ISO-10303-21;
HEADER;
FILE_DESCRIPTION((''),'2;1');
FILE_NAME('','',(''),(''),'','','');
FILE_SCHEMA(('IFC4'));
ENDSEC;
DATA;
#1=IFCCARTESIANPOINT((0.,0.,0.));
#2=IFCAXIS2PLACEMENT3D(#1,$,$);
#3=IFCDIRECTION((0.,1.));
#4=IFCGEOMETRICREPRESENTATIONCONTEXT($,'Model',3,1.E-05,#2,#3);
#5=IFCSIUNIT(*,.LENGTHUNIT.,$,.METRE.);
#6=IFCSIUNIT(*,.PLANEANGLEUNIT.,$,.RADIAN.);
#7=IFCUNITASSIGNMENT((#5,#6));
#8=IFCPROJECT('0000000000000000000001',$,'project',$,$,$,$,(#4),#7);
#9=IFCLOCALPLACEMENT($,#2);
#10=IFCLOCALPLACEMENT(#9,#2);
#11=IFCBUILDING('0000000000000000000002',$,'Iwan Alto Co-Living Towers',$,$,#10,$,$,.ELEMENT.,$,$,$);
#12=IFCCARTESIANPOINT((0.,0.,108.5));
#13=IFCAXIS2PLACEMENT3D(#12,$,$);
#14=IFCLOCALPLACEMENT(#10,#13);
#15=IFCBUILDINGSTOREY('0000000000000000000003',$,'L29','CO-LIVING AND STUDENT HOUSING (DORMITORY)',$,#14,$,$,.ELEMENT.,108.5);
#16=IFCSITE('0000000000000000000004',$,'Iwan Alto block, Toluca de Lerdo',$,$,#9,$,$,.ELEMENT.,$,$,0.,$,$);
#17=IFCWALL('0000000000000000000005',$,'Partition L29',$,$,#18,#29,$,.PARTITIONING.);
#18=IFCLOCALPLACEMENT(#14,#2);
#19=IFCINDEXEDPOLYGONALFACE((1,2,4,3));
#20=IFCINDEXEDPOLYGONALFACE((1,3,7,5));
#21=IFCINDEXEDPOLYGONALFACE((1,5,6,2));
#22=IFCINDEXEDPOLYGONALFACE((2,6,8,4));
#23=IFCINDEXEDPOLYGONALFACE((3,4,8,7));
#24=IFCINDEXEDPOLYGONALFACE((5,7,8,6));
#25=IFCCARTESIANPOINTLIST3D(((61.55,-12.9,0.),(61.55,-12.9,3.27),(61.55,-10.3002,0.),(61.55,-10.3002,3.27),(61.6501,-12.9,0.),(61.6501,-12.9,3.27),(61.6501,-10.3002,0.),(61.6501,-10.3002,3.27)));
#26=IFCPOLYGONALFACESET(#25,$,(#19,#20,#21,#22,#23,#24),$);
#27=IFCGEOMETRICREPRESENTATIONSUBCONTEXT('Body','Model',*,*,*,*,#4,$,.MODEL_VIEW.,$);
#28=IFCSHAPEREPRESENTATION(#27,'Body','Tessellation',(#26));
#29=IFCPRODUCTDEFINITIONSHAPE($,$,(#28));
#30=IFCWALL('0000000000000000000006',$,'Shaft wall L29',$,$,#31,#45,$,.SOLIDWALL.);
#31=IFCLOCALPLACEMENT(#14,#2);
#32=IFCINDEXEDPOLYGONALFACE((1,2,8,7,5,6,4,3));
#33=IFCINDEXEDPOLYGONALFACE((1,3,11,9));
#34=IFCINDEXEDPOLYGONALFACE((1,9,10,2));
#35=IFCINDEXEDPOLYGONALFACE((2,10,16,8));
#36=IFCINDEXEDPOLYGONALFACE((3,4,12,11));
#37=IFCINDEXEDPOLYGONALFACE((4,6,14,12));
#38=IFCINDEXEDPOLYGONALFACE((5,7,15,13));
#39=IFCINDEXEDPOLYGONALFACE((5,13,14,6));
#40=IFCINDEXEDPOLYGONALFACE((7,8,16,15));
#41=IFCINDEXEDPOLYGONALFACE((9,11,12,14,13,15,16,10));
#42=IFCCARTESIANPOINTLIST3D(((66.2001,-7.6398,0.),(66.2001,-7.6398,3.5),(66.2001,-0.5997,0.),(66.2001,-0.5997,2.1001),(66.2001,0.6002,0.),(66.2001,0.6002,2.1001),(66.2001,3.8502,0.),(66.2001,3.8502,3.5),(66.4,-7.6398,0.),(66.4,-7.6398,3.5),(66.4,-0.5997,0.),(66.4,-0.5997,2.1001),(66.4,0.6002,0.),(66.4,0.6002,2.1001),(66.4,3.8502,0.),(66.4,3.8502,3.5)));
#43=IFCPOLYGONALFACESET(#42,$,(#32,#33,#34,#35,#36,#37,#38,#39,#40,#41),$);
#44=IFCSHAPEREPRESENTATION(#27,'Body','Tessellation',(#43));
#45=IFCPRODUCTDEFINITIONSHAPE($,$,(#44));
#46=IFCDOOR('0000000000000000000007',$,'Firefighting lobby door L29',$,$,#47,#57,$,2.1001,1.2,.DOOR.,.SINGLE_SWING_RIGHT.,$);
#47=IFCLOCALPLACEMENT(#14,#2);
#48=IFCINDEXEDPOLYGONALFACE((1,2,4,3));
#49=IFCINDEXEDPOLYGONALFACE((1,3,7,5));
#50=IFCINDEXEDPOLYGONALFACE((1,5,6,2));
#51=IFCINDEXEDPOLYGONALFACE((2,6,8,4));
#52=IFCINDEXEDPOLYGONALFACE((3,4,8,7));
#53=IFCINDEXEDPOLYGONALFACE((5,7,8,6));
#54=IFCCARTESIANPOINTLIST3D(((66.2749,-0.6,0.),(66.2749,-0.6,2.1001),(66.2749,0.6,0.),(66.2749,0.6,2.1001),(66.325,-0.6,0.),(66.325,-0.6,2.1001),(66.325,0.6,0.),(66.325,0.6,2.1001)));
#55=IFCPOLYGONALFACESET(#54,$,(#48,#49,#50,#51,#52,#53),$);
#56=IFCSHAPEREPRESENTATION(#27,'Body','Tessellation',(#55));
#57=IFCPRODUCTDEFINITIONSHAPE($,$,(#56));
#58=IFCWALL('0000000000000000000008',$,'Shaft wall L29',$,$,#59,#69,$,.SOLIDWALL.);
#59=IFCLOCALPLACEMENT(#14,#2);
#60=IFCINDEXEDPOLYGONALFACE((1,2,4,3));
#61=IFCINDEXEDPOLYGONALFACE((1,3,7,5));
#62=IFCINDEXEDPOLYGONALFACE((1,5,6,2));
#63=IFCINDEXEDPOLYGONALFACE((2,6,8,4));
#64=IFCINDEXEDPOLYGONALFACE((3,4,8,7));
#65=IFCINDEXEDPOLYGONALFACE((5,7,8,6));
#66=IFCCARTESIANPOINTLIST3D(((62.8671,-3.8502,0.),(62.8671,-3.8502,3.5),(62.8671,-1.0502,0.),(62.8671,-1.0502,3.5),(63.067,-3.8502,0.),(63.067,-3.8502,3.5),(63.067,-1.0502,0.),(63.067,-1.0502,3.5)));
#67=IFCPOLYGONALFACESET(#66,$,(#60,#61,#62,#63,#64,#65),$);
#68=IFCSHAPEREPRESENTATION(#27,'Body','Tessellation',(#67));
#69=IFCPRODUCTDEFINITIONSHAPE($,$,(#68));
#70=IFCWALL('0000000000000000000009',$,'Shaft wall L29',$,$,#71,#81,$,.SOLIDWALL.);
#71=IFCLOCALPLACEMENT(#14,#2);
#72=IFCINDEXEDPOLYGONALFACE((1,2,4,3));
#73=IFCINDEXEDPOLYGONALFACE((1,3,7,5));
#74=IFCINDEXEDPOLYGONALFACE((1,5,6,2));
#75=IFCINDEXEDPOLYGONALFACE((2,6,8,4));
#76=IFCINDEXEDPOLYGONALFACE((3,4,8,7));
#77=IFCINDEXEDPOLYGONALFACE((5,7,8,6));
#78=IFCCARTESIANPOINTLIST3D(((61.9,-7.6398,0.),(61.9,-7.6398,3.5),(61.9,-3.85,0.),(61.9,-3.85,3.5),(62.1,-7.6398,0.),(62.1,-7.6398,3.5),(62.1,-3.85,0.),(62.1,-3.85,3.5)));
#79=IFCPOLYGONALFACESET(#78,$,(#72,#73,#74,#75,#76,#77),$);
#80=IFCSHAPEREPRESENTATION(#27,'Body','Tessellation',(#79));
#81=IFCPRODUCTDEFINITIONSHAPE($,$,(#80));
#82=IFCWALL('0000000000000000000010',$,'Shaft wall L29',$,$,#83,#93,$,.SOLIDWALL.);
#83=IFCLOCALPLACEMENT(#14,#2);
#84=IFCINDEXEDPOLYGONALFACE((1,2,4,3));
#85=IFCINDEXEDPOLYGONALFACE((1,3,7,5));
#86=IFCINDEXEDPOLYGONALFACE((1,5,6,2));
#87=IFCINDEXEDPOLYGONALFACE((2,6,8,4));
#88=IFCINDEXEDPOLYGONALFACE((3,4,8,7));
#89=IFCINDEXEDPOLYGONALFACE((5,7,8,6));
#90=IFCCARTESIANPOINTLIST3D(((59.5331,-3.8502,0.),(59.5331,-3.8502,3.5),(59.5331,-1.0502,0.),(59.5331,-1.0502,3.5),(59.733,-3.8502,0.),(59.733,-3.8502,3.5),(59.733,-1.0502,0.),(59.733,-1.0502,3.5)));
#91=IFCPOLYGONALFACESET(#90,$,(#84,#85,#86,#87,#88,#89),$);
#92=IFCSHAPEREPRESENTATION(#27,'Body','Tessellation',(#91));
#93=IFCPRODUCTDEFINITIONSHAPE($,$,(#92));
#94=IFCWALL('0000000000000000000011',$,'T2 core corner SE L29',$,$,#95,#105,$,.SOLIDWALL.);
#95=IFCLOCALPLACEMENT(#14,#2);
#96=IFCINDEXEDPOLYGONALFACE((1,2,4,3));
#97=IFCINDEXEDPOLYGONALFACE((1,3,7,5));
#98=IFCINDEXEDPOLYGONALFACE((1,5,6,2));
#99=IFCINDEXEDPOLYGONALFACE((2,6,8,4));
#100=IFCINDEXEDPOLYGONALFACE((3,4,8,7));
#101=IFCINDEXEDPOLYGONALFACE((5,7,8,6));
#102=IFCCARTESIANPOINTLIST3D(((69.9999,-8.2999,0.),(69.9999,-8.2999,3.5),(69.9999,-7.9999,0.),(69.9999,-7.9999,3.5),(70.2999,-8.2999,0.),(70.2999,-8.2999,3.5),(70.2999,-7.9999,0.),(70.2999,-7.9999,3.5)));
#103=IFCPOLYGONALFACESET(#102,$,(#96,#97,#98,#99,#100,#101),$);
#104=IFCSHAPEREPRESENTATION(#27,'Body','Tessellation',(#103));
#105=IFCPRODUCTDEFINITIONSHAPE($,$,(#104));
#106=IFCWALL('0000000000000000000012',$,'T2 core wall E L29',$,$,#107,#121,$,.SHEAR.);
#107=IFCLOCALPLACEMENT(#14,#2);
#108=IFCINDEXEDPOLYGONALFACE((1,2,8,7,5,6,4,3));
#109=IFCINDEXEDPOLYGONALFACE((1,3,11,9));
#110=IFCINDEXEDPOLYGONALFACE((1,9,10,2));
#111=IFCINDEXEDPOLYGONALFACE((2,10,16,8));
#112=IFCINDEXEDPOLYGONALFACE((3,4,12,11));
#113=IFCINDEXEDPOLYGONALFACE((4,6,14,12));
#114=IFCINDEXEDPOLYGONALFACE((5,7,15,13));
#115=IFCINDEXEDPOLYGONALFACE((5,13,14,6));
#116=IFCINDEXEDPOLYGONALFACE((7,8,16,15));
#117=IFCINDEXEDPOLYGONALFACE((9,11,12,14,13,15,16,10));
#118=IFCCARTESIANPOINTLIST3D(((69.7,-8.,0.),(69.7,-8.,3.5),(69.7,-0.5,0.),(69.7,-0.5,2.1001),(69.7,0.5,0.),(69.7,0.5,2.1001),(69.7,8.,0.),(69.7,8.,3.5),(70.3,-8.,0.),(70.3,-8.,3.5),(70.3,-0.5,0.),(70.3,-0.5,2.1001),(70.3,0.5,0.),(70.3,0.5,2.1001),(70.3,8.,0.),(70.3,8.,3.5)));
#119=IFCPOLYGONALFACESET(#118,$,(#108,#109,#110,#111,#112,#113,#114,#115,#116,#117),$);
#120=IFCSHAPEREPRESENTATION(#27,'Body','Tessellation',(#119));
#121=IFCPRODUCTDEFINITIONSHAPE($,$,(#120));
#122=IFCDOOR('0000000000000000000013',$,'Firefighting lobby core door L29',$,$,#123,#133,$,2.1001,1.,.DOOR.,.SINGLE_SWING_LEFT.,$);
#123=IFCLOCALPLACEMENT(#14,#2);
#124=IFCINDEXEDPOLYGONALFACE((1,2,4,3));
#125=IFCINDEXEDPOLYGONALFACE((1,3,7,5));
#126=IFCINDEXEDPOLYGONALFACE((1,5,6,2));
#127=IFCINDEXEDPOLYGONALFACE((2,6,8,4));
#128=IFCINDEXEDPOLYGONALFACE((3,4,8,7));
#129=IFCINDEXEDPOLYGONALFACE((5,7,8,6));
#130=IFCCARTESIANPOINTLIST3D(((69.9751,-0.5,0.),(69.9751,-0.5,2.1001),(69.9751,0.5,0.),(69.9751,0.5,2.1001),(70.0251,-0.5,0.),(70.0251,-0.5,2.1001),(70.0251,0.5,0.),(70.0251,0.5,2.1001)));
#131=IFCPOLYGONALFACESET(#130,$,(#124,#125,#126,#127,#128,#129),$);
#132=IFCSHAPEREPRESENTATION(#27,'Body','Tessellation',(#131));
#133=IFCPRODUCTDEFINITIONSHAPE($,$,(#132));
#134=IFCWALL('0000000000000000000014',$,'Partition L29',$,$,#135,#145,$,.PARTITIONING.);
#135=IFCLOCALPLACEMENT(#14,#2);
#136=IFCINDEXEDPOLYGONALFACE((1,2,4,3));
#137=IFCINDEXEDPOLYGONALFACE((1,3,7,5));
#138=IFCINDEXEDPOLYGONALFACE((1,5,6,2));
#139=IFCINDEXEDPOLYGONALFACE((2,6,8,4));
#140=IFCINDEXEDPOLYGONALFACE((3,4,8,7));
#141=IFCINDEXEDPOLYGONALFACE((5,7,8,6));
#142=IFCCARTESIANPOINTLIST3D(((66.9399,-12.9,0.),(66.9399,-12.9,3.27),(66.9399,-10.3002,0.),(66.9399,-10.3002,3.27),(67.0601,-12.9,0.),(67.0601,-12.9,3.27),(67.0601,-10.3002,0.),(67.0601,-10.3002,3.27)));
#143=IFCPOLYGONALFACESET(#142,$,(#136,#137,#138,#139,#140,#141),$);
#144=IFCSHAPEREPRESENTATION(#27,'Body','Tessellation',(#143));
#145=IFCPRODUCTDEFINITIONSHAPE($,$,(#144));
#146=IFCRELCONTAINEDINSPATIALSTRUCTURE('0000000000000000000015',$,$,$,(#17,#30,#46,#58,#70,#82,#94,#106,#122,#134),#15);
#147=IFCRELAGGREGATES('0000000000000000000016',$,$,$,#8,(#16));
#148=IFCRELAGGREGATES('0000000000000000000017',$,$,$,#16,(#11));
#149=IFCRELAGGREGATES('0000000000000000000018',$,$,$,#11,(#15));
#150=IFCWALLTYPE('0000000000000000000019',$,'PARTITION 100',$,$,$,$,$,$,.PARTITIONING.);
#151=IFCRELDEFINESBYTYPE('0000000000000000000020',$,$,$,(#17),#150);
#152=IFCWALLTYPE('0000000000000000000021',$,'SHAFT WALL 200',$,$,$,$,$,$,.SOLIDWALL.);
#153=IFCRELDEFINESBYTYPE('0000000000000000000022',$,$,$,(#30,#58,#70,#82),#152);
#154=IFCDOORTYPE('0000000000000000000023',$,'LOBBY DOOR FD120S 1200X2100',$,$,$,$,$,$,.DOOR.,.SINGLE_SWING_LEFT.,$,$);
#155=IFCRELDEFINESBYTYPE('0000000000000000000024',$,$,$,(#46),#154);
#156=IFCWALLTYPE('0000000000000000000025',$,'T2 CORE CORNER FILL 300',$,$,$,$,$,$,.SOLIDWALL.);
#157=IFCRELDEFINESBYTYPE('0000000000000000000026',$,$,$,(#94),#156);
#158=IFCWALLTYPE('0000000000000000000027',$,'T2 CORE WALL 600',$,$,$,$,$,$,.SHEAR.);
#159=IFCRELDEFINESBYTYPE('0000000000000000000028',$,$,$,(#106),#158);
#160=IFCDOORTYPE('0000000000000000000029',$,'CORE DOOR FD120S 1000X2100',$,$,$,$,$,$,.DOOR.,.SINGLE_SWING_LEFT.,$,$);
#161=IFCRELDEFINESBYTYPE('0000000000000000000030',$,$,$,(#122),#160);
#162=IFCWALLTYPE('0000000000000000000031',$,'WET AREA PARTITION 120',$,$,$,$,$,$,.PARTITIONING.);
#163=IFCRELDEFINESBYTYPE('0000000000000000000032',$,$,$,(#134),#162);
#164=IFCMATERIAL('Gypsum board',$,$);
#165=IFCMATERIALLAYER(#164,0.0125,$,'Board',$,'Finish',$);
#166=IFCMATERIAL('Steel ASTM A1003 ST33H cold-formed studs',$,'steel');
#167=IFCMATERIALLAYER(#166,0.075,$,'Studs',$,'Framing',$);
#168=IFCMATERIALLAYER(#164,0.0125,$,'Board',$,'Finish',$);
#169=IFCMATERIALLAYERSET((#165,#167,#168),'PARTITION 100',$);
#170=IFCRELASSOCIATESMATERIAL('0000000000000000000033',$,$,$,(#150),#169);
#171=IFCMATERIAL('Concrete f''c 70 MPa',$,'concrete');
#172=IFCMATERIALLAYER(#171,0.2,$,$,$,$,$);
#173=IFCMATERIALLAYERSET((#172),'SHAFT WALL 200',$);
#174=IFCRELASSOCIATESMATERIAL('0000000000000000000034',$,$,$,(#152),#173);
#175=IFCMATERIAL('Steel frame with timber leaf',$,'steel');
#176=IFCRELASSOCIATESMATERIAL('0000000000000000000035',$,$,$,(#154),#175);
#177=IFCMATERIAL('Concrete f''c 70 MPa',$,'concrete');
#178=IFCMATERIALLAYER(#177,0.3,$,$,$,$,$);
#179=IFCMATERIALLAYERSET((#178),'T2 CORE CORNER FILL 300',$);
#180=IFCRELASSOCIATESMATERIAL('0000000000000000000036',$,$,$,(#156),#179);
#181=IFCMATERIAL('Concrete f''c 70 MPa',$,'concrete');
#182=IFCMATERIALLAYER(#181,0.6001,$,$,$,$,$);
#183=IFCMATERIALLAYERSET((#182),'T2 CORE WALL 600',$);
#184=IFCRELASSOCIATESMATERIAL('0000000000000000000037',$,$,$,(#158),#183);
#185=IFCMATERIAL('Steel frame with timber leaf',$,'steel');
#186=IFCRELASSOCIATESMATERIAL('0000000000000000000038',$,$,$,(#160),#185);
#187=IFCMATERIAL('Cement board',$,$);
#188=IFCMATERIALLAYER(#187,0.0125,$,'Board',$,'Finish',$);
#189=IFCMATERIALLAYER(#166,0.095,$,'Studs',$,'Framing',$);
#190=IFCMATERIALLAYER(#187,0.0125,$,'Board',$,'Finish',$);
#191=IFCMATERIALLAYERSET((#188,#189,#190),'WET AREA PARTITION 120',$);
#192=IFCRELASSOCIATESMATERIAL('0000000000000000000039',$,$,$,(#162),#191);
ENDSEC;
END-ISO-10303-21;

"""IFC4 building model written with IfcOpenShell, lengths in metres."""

from ifc_helpers import new_model, si_unit, direction, frame, frame_2d, origin, place, context, subcontext, project, spatial, rectangle, extrude, material, layer, layer_set, type_object, element, fill, save


model = new_model("IFC4")

# Units and contexts
model_context = context("Model", 3, precision=1e-05, world=origin(), true_north=direction((0.0, 1.0)))
body_context = subcontext(model_context, "Body", "Model", "MODEL_VIEW")
ifc_project = project(units=[si_unit("LENGTHUNIT", "METRE"), si_unit("PLANEANGLEUNIT", "RADIAN")], contexts=[model_context])

# Site, building, storey
site_placement = place(None, origin())
site = spatial("IfcSite", under=ifc_project, at=site_placement, Name="Iwan Alto block, Toluca de Lerdo", CompositionType="ELEMENT", RefElevation=0.0)
building_placement = place(site_placement, origin())
building = spatial("IfcBuilding", under=site, at=building_placement, Name="Iwan Alto Co-Living Towers", CompositionType="ELEMENT")
storey_placement = place(building_placement, frame((0.0, 0.0, 108.5)))
storey = spatial("IfcBuildingStorey", under=building, at=storey_placement, Name="L29", Description="CO-LIVING AND STUDENT HOUSING (DORMITORY)", CompositionType="ELEMENT", Elevation=108.5)

# Shared definitions
ifc_material_1 = material(Name="Gypsum board")
ifc_material_2 = material(Name="Steel ASTM A1003 ST33H cold-formed studs", Category="steel")

# Wall
ifc_layer_1 = layer(ifc_material_1, 0.0125, Name="Board", Category="Finish")
ifc_layer_2 = layer(ifc_material_2, 0.075, Name="Studs", Category="Framing")
ifc_layer_3 = layer(ifc_material_1, 0.0125, Name="Board", Category="Finish")
ifc_layer_set_1 = layer_set([ifc_layer_1, ifc_layer_2, ifc_layer_3], Name="PARTITION 100")
wall_type_1 = type_object("IfcWallType", Name="PARTITION 100", PredefinedType="PARTITIONING", material=ifc_layer_set_1)
wall_1_placement = place(storey_placement, frame((61.6001, -12.8999, 0.0), z_axis=(0.0, 0.0, 1.0), x_axis=(0.0, 1.0, 0.0)))
element("IfcWall", 1, at=wall_1_placement, inside=storey, type_object=wall_type_1, Name="Partition L29", PredefinedType="PARTITIONING", context=body_context, shape_type="SweptSolid", body=[
    extrude(rectangle(XDim=2.5999, YDim=0.1001, at=frame_2d((1.2998, 0.0))), origin(), (0.0, 0.0, 1.0), 3.27),
])

# Wall, opening, door
ifc_material_3 = material(Name="Concrete f'c 70 MPa", Category="concrete")
ifc_layer_4 = layer(ifc_material_3, 0.2)
ifc_layer_set_2 = layer_set([ifc_layer_4], Name="SHAFT WALL 200")
wall_type_2 = type_object("IfcWallType", Name="SHAFT WALL 200", PredefinedType="SOLIDWALL", material=ifc_layer_set_2)
wall_2_placement = place(storey_placement, frame((66.3, -7.6399, 0.0), z_axis=(0.0, 0.0, 1.0), x_axis=(0.0, 1.0, 0.0)))
wall_2 = element("IfcWall", 2, at=wall_2_placement, inside=storey, type_object=wall_type_2, Name="Shaft wall L29", PredefinedType="SOLIDWALL", context=body_context, shape_type="SweptSolid", body=[
    extrude(rectangle(XDim=11.49, YDim=0.2, at=frame_2d((5.7451, 0.0))), origin(), (0.0, 0.0, 1.0), 3.5),
])
opening_1_placement = place(wall_2_placement, frame((7.04, 0.0, 0.0)))
opening_1 = element("IfcOpeningElement", 3, at=opening_1_placement, cuts=wall_2, PredefinedType="OPENING", context=body_context, shape_type="SweptSolid", body=[
    extrude(rectangle(XDim=1.2, YDim=2.1001, at=frame_2d((0.6001, 1.05))), frame((0.0, 0.1099, 0.0), z_axis=(0.0, -1.0, 0.0), x_axis=(1.0, 0.0, 0.0)), (0.0, 0.0, 1.0), 0.22),
])
ifc_material_4 = material(Name="Steel frame with timber leaf", Category="steel")
door_type_1 = type_object("IfcDoorType", Name="LOBBY DOOR FD120S 1200X2100", OperationType="SINGLE_SWING_LEFT", PredefinedType="DOOR", material=ifc_material_4)
door_1_placement = place(opening_1_placement, frame((1.2, 0.0, 0.0), z_axis=(0.0, 0.0, 1.0), x_axis=(-1.0, 0.0, 0.0)))
door_1 = element("IfcDoor", 4, at=door_1_placement, inside=storey, type_object=door_type_1, Name="Firefighting lobby door L29", OperationType="SINGLE_SWING_RIGHT", OverallHeight=2.1001, OverallWidth=1.2, PredefinedType="DOOR", context=body_context, shape_type="SweptSolid", body=[
    extrude(rectangle(XDim=1.2, YDim=2.1001, at=frame_2d((0.6001, 1.05))), frame((0.0, 0.0249, 0.0), z_axis=(0.0, -1.0, 0.0), x_axis=(1.0, 0.0, 0.0)), (0.0, 0.0, 1.0), 0.05),
])
fill(opening_1, door_1)

# Walls
wall_3_placement = place(storey_placement, frame((62.967, -3.8501, 0.0), z_axis=(0.0, 0.0, 1.0), x_axis=(0.0, 1.0, 0.0)))
element("IfcWall", 5, at=wall_3_placement, inside=storey, type_object=wall_type_2, Name="Shaft wall L29", PredefinedType="SOLIDWALL", context=body_context, shape_type="SweptSolid", body=[
    extrude(rectangle(XDim=2.8, YDim=0.2, at=frame_2d((1.3999, 0.0))), origin(), (0.0, 0.0, 1.0), 3.5),
])
wall_4_placement = place(storey_placement, frame((62.0, -7.6399, 0.0), z_axis=(0.0, 0.0, 1.0), x_axis=(0.0, 1.0, 0.0)))
element("IfcWall", 6, at=wall_4_placement, inside=storey, type_object=wall_type_2, Name="Shaft wall L29", PredefinedType="SOLIDWALL", context=body_context, shape_type="SweptSolid", body=[
    extrude(rectangle(XDim=3.7898, YDim=0.2, at=frame_2d((1.895, 0.0))), origin(), (0.0, 0.0, 1.0), 3.5),
])
wall_5_placement = place(storey_placement, frame((59.6331, -3.8501, 0.0), z_axis=(0.0, 0.0, 1.0), x_axis=(0.0, 1.0, 0.0)))
element("IfcWall", 7, at=wall_5_placement, inside=storey, type_object=wall_type_2, Name="Shaft wall L29", PredefinedType="SOLIDWALL", context=body_context, shape_type="SweptSolid", body=[
    extrude(rectangle(XDim=2.8, YDim=0.2, at=frame_2d((1.3999, 0.0))), origin(), (0.0, 0.0, 1.0), 3.5),
])
ifc_material_5 = material(Name="Concrete f'c 70 MPa", Category="concrete")
ifc_layer_5 = layer(ifc_material_5, 0.3)
ifc_layer_set_3 = layer_set([ifc_layer_5], Name="T2 CORE CORNER FILL 300")
wall_type_3 = type_object("IfcWallType", Name="T2 CORE CORNER FILL 300", PredefinedType="SOLIDWALL", material=ifc_layer_set_3)
wall_6_placement = place(storey_placement, frame((70.0, -8.1499, 0.0), z_axis=(0.0, 0.0, 1.0), x_axis=(1.0, 0.0, 0.0)))
element("IfcWall", 8, at=wall_6_placement, inside=storey, type_object=wall_type_3, Name="T2 core corner SE L29", PredefinedType="SOLIDWALL", context=body_context, shape_type="SweptSolid", body=[
    extrude(rectangle(XDim=0.3, YDim=0.3, at=frame_2d((0.1499, 0.0))), origin(), (0.0, 0.0, 1.0), 3.5),
])

# Wall, opening, door
ifc_material_6 = material(Name="Concrete f'c 70 MPa", Category="concrete")
ifc_layer_6 = layer(ifc_material_6, 0.6001)
ifc_layer_set_4 = layer_set([ifc_layer_6], Name="T2 CORE WALL 600")
wall_type_4 = type_object("IfcWallType", Name="T2 CORE WALL 600", PredefinedType="SHEAR", material=ifc_layer_set_4)
wall_7_placement = place(storey_placement, frame((70.0, -8.0, 0.0), z_axis=(0.0, 0.0, 1.0), x_axis=(0.0, 1.0, 0.0)))
wall_7 = element("IfcWall", 9, at=wall_7_placement, inside=storey, type_object=wall_type_4, Name="T2 core wall E L29", PredefinedType="SHEAR", context=body_context, shape_type="SweptSolid", body=[
    extrude(rectangle(XDim=16.0, YDim=0.6001, at=frame_2d((8.0, 0.0))), origin(), (0.0, 0.0, 1.0), 3.5),
])
opening_2_placement = place(wall_7_placement, frame((7.5, 0.0, 0.0)))
opening_2 = element("IfcOpeningElement", 10, at=opening_2_placement, cuts=wall_7, PredefinedType="OPENING", context=body_context, shape_type="SweptSolid", body=[
    extrude(rectangle(XDim=1.0, YDim=2.1001, at=frame_2d((0.5, 1.05))), frame((0.0, 0.3101, 0.0), z_axis=(0.0, -1.0, 0.0), x_axis=(1.0, 0.0, 0.0)), (0.0, 0.0, 1.0), 0.6201),
])
ifc_material_7 = material(Name="Steel frame with timber leaf", Category="steel")
door_type_2 = type_object("IfcDoorType", Name="CORE DOOR FD120S 1000X2100", OperationType="SINGLE_SWING_LEFT", PredefinedType="DOOR", material=ifc_material_7)
door_2_placement = place(opening_2_placement, origin())
door_2 = element("IfcDoor", 11, at=door_2_placement, inside=storey, type_object=door_type_2, Name="Firefighting lobby core door L29", OperationType="SINGLE_SWING_LEFT", OverallHeight=2.1001, OverallWidth=1.0, PredefinedType="DOOR", context=body_context, shape_type="SweptSolid", body=[
    extrude(rectangle(XDim=1.0, YDim=2.1001, at=frame_2d((0.5, 1.05))), frame((0.0, 0.0249, 0.0), z_axis=(0.0, -1.0, 0.0), x_axis=(1.0, 0.0, 0.0)), (0.0, 0.0, 1.0), 0.05),
])
fill(opening_2, door_2)

# Wall
ifc_material_8 = material(Name="Cement board")
ifc_layer_7 = layer(ifc_material_8, 0.0125, Name="Board", Category="Finish")
ifc_layer_8 = layer(ifc_material_2, 0.095, Name="Studs", Category="Framing")
ifc_layer_9 = layer(ifc_material_8, 0.0125, Name="Board", Category="Finish")
ifc_layer_set_5 = layer_set([ifc_layer_7, ifc_layer_8, ifc_layer_9], Name="WET AREA PARTITION 120")
wall_type_5 = type_object("IfcWallType", Name="WET AREA PARTITION 120", PredefinedType="PARTITIONING", material=ifc_layer_set_5)
wall_8_placement = place(storey_placement, frame((67.0, -12.8999, 0.0), z_axis=(0.0, 0.0, 1.0), x_axis=(0.0, 1.0, 0.0)))
element("IfcWall", 12, at=wall_8_placement, inside=storey, type_object=wall_type_5, Name="Partition L29", PredefinedType="PARTITIONING", context=body_context, shape_type="SweptSolid", body=[
    extrude(rectangle(XDim=2.5999, YDim=0.1201, at=frame_2d((1.2998, 0.0))), origin(), (0.0, 0.0, 1.0), 3.27),
])

save(model, "model.ifc")
